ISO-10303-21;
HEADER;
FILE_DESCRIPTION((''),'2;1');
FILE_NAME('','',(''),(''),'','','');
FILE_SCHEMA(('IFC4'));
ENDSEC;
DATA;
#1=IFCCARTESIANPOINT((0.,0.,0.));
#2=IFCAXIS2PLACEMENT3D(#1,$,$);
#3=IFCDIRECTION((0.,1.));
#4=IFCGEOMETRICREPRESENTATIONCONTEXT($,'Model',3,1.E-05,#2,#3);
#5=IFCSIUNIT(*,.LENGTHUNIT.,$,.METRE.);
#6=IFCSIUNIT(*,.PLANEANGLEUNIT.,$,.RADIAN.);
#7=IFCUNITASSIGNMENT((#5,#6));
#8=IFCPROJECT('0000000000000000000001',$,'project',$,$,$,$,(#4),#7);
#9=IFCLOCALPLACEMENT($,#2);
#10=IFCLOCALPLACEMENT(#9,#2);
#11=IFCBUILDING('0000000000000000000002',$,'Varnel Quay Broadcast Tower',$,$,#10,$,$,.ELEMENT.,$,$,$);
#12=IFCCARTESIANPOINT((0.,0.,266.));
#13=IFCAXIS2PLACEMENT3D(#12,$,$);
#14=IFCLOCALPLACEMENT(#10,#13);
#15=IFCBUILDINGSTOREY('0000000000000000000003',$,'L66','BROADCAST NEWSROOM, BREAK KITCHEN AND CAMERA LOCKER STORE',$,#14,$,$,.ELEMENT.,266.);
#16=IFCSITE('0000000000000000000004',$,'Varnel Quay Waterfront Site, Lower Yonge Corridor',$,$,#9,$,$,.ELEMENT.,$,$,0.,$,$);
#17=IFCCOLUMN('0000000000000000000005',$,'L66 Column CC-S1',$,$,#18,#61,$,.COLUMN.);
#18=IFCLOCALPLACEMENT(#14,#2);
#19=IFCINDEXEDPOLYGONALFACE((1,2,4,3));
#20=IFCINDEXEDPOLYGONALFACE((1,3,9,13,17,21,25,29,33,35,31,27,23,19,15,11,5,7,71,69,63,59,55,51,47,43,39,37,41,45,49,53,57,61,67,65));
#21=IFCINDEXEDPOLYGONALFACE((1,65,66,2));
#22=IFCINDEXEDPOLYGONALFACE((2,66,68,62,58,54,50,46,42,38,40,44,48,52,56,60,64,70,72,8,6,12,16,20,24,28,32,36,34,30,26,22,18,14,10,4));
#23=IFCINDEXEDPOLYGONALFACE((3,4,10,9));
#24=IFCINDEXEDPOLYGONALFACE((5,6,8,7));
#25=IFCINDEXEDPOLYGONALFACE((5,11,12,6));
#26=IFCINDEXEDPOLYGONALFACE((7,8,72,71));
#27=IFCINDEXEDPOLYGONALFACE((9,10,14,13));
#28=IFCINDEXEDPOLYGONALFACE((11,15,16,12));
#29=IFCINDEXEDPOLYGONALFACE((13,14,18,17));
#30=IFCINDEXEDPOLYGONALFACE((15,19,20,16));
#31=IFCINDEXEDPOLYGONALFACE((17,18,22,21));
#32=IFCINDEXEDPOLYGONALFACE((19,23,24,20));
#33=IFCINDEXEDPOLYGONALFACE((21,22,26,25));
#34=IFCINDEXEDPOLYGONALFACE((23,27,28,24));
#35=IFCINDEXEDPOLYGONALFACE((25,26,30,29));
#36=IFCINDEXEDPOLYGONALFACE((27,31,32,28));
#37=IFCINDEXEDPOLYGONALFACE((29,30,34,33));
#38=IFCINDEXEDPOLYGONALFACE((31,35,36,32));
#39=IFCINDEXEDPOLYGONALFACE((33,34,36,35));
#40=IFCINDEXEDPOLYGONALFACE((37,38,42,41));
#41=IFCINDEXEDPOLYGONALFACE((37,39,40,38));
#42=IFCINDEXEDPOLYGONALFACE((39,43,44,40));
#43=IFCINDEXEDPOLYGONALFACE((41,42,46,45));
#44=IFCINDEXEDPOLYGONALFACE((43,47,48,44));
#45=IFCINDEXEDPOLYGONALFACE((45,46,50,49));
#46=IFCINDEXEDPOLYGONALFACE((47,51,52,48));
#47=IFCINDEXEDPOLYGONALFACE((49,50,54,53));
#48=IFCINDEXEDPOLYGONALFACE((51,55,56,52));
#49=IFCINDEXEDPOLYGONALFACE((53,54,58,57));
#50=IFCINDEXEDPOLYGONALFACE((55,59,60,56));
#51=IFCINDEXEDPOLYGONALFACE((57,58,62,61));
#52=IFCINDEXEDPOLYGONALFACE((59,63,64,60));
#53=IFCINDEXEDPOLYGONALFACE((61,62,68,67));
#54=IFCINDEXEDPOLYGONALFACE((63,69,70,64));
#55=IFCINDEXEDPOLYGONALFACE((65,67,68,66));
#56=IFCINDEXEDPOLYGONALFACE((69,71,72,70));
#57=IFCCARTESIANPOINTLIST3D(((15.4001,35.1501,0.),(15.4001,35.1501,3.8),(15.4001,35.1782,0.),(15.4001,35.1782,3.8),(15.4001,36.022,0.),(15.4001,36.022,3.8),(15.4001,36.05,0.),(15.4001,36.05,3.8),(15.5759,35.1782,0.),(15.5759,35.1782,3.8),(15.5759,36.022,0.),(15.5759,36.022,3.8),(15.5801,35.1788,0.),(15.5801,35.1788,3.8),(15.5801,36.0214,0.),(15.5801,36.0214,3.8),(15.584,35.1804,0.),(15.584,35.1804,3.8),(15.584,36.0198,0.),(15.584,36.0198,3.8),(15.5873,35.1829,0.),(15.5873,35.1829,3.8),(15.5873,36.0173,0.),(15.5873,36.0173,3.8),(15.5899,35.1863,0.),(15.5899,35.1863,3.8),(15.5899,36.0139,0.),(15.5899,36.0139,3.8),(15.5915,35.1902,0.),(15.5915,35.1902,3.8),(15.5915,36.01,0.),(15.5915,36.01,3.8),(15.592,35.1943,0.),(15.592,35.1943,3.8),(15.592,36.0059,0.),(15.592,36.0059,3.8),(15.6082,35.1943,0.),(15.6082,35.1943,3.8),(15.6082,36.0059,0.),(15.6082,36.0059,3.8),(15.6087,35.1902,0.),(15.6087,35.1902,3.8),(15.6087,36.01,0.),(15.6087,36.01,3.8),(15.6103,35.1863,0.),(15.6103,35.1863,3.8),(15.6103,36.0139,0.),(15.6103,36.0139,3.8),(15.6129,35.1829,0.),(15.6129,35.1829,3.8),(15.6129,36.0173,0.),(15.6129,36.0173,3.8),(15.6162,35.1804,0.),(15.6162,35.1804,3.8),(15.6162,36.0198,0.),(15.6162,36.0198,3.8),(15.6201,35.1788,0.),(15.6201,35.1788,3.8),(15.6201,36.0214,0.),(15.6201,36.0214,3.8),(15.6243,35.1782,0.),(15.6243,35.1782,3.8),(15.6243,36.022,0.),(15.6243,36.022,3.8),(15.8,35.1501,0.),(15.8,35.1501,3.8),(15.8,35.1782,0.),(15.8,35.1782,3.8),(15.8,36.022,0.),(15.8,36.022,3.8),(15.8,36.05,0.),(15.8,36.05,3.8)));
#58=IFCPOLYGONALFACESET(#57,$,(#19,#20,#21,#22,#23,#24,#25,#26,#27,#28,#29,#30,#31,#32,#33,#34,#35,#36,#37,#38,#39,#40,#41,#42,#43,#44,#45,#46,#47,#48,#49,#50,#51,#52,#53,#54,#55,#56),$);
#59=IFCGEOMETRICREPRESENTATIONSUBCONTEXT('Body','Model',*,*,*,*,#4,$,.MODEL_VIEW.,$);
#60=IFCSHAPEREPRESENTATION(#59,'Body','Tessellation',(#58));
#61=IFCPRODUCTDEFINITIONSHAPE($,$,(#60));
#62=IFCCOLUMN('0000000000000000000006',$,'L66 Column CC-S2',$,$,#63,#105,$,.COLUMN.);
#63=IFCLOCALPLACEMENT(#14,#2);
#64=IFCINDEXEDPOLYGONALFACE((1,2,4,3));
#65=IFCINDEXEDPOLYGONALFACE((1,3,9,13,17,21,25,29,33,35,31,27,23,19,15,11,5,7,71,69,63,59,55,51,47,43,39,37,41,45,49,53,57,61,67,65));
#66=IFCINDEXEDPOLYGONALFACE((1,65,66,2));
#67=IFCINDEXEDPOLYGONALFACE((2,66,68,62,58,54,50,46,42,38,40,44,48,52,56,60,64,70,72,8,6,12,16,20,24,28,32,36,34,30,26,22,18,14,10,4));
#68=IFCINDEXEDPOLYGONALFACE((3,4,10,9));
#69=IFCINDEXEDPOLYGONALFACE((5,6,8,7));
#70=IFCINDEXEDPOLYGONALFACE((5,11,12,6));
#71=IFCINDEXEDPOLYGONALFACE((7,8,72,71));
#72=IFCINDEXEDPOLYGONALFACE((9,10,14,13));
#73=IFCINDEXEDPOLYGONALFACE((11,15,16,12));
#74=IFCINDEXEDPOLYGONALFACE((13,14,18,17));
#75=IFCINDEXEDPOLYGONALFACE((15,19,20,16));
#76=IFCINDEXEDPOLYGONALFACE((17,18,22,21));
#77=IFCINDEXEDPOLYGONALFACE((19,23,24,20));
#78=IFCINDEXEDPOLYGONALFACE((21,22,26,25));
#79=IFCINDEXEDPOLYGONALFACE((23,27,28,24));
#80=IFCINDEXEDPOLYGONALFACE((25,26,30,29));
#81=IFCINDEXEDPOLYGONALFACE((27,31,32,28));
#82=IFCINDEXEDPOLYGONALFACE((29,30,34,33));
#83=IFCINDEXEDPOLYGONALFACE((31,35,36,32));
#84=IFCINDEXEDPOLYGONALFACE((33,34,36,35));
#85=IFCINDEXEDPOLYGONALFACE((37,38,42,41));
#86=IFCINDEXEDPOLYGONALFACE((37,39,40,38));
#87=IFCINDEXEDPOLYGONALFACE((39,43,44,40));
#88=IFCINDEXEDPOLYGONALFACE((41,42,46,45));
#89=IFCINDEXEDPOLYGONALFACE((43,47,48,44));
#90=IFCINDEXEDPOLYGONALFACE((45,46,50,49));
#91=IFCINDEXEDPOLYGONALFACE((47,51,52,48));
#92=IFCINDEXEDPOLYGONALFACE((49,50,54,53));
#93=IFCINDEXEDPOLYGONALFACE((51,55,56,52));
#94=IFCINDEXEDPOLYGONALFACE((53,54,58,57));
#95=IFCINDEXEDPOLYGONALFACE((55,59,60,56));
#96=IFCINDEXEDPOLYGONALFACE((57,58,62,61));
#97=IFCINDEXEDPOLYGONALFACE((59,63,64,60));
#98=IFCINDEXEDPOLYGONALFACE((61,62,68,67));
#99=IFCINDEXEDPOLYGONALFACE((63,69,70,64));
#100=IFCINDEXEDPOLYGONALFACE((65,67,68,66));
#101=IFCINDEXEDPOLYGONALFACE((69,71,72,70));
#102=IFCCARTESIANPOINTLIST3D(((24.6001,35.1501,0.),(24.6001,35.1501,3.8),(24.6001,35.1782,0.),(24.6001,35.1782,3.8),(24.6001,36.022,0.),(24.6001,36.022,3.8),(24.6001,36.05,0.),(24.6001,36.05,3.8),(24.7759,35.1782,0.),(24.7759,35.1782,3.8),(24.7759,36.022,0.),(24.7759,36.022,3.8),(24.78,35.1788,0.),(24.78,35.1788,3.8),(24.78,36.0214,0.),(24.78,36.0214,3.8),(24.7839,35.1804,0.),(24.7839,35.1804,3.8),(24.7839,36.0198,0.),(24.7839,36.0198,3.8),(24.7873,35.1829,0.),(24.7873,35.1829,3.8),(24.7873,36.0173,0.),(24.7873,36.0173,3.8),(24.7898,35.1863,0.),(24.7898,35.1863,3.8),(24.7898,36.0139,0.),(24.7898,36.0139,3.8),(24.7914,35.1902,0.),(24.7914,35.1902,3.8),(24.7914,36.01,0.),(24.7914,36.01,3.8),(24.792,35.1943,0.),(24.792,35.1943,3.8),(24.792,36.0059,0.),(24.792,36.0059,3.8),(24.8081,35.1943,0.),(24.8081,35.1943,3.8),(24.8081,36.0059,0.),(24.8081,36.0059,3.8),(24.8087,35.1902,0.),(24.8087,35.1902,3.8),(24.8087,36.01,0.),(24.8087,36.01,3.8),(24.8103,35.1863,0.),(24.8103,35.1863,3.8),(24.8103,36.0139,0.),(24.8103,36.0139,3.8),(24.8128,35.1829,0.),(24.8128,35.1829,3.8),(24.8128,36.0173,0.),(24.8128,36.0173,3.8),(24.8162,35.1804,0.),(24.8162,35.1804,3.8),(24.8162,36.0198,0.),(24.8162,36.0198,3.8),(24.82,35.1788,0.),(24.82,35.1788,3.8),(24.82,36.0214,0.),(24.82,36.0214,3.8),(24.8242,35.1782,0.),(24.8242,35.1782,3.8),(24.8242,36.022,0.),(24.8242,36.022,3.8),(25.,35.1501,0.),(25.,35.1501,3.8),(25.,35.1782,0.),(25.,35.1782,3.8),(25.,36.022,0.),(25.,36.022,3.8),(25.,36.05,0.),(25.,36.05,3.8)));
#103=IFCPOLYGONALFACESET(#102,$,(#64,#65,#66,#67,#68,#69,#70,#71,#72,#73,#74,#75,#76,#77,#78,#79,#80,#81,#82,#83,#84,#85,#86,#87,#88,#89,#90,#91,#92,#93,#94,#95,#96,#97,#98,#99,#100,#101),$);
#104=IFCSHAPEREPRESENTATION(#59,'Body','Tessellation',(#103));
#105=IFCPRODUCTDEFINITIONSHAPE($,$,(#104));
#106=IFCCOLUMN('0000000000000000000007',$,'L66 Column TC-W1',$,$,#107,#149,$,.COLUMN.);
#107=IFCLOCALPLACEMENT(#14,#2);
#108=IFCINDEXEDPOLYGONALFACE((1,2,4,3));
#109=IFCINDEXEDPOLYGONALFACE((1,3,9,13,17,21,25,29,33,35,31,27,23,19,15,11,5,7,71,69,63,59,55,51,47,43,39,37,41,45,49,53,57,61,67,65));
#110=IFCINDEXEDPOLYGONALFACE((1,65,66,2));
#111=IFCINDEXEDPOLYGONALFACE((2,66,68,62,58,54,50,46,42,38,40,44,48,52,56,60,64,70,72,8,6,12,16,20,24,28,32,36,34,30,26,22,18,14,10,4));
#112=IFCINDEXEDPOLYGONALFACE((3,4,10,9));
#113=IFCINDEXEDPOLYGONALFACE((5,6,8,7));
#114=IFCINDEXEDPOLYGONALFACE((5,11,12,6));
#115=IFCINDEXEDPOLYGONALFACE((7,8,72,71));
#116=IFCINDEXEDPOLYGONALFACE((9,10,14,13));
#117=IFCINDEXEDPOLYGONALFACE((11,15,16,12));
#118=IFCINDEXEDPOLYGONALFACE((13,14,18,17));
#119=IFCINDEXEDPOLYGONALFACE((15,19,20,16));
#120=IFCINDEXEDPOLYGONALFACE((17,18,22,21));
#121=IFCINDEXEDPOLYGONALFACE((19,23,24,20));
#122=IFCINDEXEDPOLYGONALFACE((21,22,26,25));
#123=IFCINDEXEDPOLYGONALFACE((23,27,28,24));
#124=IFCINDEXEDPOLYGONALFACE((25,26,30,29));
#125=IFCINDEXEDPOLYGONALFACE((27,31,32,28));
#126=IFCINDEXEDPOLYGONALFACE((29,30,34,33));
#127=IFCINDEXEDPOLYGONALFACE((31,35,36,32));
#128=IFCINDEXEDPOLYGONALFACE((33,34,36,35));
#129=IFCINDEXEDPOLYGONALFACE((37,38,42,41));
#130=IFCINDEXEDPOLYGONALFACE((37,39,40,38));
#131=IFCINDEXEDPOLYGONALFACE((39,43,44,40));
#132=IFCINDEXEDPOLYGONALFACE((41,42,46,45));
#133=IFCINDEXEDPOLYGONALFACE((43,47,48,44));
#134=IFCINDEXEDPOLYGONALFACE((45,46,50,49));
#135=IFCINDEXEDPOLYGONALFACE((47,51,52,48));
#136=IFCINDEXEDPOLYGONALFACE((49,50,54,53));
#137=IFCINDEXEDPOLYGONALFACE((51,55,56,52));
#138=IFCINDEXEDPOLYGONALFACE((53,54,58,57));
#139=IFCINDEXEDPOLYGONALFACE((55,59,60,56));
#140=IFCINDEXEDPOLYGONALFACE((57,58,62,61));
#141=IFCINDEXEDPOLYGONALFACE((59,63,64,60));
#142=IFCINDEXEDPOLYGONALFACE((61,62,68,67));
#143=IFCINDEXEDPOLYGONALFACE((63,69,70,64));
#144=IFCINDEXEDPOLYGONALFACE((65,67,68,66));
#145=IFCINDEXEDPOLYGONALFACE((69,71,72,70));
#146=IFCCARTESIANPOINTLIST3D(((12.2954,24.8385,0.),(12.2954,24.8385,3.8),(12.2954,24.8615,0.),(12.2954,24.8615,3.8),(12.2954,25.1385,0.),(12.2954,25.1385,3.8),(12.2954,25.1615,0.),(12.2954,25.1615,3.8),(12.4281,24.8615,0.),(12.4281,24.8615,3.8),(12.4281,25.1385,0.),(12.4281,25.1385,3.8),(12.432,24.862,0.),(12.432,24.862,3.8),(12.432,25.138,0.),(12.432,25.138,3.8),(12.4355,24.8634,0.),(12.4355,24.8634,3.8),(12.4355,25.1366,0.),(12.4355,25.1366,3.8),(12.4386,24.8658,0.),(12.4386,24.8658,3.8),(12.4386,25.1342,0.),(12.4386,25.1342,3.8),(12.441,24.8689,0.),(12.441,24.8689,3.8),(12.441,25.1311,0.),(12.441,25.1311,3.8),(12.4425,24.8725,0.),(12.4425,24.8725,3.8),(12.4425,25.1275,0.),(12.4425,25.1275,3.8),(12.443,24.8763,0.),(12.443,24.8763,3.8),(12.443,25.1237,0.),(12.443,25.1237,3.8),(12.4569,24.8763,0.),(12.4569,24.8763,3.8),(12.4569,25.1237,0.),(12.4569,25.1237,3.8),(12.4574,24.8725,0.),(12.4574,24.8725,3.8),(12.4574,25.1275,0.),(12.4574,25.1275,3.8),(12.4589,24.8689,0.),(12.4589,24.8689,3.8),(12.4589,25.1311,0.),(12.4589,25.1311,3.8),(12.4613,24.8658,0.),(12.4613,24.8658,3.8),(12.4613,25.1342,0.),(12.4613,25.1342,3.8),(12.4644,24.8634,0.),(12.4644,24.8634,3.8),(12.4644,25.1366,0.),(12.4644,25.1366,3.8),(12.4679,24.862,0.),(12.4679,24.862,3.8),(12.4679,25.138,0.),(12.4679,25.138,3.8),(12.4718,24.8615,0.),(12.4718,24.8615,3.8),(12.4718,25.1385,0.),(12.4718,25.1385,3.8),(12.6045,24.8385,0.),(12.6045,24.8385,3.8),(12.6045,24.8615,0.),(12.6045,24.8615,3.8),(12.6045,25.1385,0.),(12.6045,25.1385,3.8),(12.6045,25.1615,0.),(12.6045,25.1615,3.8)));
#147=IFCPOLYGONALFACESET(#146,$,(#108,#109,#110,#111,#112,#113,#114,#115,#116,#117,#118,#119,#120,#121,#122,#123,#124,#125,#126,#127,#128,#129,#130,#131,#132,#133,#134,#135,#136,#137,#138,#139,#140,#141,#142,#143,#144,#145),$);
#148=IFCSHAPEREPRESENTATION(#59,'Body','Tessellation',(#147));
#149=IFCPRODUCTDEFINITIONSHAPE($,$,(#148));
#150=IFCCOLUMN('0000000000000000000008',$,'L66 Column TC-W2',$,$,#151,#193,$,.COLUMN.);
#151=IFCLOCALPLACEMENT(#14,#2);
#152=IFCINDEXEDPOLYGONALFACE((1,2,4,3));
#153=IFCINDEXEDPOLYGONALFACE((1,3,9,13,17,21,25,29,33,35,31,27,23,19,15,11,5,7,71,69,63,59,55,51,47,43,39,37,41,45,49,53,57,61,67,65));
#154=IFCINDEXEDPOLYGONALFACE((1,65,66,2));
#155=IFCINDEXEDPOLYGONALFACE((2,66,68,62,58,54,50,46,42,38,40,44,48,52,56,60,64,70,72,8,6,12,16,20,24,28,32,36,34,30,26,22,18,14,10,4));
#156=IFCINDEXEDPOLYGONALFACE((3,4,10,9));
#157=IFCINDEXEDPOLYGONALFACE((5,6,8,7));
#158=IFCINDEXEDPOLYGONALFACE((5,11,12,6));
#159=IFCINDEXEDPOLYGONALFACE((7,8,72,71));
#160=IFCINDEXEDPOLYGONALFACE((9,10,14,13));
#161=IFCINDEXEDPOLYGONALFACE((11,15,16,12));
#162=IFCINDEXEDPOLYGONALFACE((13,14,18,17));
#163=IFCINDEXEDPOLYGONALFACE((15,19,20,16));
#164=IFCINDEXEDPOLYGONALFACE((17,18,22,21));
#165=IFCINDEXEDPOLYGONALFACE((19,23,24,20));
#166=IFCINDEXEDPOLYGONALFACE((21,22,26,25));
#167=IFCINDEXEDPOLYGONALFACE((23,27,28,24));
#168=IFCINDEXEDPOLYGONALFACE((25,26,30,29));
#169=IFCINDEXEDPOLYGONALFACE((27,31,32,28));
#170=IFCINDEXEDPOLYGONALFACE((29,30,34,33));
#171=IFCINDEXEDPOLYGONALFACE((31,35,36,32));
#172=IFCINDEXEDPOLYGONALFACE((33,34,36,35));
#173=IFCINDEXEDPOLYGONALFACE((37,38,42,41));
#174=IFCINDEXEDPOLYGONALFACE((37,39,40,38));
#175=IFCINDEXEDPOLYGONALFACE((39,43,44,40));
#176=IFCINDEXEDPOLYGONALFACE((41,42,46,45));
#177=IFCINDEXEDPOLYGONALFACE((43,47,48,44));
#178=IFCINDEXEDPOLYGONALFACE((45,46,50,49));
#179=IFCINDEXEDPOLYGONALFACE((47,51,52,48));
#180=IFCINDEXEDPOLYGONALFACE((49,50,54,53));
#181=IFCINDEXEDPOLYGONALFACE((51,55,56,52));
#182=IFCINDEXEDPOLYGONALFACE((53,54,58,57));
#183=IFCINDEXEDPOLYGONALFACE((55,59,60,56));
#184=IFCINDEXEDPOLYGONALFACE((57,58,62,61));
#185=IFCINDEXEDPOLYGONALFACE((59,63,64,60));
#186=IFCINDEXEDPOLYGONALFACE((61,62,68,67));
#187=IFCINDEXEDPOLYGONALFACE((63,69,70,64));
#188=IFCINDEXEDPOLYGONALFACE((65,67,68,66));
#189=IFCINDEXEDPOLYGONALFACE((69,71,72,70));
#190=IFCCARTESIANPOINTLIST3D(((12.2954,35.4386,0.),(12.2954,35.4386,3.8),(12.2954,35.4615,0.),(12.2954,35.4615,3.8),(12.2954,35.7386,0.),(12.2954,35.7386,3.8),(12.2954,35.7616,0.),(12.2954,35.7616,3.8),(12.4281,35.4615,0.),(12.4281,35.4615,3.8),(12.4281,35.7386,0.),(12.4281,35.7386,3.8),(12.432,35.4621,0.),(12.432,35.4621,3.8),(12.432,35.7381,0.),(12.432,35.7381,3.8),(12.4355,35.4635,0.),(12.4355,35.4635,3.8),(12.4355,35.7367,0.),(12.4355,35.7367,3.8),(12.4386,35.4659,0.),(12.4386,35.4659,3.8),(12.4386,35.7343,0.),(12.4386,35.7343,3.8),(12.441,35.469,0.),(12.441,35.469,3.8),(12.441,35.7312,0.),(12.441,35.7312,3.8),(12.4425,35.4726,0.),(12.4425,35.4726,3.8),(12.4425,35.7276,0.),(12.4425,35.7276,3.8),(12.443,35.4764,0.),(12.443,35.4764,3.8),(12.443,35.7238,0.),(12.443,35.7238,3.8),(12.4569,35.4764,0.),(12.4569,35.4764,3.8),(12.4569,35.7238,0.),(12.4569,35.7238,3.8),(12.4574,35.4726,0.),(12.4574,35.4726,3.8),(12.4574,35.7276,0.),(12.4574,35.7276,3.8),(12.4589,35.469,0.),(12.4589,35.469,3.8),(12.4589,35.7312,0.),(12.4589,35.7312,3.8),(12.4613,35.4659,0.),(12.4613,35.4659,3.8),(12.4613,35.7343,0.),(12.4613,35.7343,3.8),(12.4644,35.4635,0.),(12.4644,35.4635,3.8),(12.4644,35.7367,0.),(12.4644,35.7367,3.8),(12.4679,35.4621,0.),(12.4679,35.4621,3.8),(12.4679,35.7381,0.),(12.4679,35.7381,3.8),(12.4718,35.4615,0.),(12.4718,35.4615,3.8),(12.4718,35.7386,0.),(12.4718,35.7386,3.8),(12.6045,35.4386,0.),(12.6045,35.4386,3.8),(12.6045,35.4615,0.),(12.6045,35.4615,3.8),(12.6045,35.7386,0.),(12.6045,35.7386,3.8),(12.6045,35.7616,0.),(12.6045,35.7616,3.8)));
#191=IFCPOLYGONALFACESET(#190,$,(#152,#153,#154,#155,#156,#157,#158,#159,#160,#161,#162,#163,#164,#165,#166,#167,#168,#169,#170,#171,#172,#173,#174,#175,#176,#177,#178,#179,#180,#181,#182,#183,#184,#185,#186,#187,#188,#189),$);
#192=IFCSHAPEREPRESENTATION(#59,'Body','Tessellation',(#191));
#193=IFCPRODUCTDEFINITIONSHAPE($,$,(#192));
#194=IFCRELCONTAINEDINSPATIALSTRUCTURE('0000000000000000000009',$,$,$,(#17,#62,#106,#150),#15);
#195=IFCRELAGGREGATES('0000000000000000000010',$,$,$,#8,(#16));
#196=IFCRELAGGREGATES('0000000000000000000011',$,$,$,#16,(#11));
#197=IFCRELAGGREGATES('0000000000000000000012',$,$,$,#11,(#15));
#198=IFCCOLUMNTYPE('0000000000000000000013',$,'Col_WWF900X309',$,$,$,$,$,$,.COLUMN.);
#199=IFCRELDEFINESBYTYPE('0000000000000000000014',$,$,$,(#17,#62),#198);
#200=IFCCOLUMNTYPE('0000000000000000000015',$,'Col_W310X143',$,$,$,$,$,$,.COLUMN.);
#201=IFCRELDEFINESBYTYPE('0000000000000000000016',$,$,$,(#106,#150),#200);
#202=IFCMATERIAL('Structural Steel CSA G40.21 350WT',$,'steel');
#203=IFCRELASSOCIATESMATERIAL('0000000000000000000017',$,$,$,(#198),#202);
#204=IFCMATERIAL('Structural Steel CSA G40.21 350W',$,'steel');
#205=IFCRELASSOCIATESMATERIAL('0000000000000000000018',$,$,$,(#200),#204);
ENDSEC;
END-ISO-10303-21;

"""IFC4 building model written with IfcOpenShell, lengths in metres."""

from ifc_helpers import new_model, si_unit, direction, frame, origin, origin_2d, place, context, subcontext, project, spatial, i_section, extrude, source, transform, mapped, material, material_profile, profile_set, type_object, type_shapes, element, save


model = new_model("IFC4")

# Units and contexts
model_context = context("Model", 3, precision=1e-05, world=origin(), true_north=direction((0.0, 1.0)))
body_context = subcontext(model_context, "Body", "Model", "MODEL_VIEW")
ifc_project = project(units=[si_unit("LENGTHUNIT", "METRE"), si_unit("PLANEANGLEUNIT", "RADIAN")], contexts=[model_context])

# Site, building, storey
site_placement = place(None, origin())
site = spatial("IfcSite", under=ifc_project, at=site_placement, Name="Varnel Quay Waterfront Site, Lower Yonge Corridor", CompositionType="ELEMENT", RefElevation=0.0)
building_placement = place(site_placement, origin())
building = spatial("IfcBuilding", under=site, at=building_placement, Name="Varnel Quay Broadcast Tower", CompositionType="ELEMENT")
storey_placement = place(building_placement, frame((0.0, 0.0, 266.0)))
storey = spatial("IfcBuildingStorey", under=building, at=storey_placement, Name="L66", Description="BROADCAST NEWSROOM, BREAK KITCHEN AND CAMERA LOCKER STORE", CompositionType="ELEMENT", Elevation=266.0)

# Columns
ifc_material_1 = material(Name="Structural Steel CSA G40.21 350WT", Category="steel")
ifc_material_profile_1 = material_profile(ifc_material_1, i_section(OverallWidth=0.3999, OverallDepth=0.8999, WebThickness=0.0161, FlangeThickness=0.0281, FilletRadius=0.0161, at=origin_2d()), Name="WWF900X309")
ifc_profile_set_1 = profile_set([ifc_material_profile_1], Name="Structural Steel CSA G40.21 350WT")
column_type_1 = type_object("IfcColumnType", Name="Col_WWF900X309", PredefinedType="COLUMN", material=ifc_profile_set_1)
shared_shape_1 = source(origin(), body_context, "Body", "SweptSolid", [
    extrude(i_section(OverallWidth=0.3999, OverallDepth=0.8999, WebThickness=0.0161, FlangeThickness=0.0281, FilletRadius=0.0161, at=origin_2d()), origin(), (0.0, 0.0, 1.0), 3.8),
])
type_shapes(column_type_1, [shared_shape_1])
for number, where, z_axis, x_axis, name in (
    (1, (15.6001, 35.6001, 0.0), (0.0, 0.0, 1.0), (1.0, 0.0, 0.0), "L66 Column CC-S1"),
    (2, (24.8, 35.6001, 0.0), (0.0, 0.0, 1.0), (1.0, 0.0, 0.0), "L66 Column CC-S2"),
):
    element("IfcColumn", number, at=place(storey_placement, frame(where, z_axis=z_axis, x_axis=x_axis)), inside=storey, type_object=column_type_1, Name=name, PredefinedType="COLUMN", context=body_context, shape_type="MappedRepresentation", body=[
        mapped(shared_shape_1, transform((0.0, 0.0, 0.0), x_axis=(1.0, 0.0, 0.0), y_axis=(0.0, 1.0, 0.0), z_axis=(0.0, 0.0, 1.0), scale=1.0)),
    ])
ifc_material_2 = material(Name="Structural Steel CSA G40.21 350W", Category="steel")
ifc_material_profile_2 = material_profile(ifc_material_2, i_section(OverallWidth=0.3091, OverallDepth=0.323, WebThickness=0.0139, FlangeThickness=0.0229, FilletRadius=0.0149, at=origin_2d()), Name="W310X143")
ifc_profile_set_2 = profile_set([ifc_material_profile_2], Name="Structural Steel CSA G40.21 350W")
column_type_2 = type_object("IfcColumnType", Name="Col_W310X143", PredefinedType="COLUMN", material=ifc_profile_set_2)
shared_shape_2 = source(origin(), body_context, "Body", "SweptSolid", [
    extrude(i_section(OverallWidth=0.3091, OverallDepth=0.323, WebThickness=0.0139, FlangeThickness=0.0229, FilletRadius=0.0149, at=origin_2d()), origin(), (0.0, 0.0, 1.0), 3.8),
])
type_shapes(column_type_2, [shared_shape_2])
for number, where, z_axis, x_axis, name in (
    (3, (12.45, 25.0, 0.0), (0.0, 0.0, 1.0), (1.0, 0.0, 0.0), "L66 Column TC-W1"),
    (4, (12.45, 35.6001, 0.0), (0.0, 0.0, 1.0), (1.0, 0.0, 0.0), "L66 Column TC-W2"),
):
    element("IfcColumn", number, at=place(storey_placement, frame(where, z_axis=z_axis, x_axis=x_axis)), inside=storey, type_object=column_type_2, Name=name, PredefinedType="COLUMN", context=body_context, shape_type="MappedRepresentation", body=[
        mapped(shared_shape_2, transform((0.0, 0.0, 0.0), x_axis=(1.0, 0.0, 0.0), y_axis=(0.0, 1.0, 0.0), z_axis=(0.0, 0.0, 1.0), scale=1.0)),
    ])

save(model, "model.ifc")
